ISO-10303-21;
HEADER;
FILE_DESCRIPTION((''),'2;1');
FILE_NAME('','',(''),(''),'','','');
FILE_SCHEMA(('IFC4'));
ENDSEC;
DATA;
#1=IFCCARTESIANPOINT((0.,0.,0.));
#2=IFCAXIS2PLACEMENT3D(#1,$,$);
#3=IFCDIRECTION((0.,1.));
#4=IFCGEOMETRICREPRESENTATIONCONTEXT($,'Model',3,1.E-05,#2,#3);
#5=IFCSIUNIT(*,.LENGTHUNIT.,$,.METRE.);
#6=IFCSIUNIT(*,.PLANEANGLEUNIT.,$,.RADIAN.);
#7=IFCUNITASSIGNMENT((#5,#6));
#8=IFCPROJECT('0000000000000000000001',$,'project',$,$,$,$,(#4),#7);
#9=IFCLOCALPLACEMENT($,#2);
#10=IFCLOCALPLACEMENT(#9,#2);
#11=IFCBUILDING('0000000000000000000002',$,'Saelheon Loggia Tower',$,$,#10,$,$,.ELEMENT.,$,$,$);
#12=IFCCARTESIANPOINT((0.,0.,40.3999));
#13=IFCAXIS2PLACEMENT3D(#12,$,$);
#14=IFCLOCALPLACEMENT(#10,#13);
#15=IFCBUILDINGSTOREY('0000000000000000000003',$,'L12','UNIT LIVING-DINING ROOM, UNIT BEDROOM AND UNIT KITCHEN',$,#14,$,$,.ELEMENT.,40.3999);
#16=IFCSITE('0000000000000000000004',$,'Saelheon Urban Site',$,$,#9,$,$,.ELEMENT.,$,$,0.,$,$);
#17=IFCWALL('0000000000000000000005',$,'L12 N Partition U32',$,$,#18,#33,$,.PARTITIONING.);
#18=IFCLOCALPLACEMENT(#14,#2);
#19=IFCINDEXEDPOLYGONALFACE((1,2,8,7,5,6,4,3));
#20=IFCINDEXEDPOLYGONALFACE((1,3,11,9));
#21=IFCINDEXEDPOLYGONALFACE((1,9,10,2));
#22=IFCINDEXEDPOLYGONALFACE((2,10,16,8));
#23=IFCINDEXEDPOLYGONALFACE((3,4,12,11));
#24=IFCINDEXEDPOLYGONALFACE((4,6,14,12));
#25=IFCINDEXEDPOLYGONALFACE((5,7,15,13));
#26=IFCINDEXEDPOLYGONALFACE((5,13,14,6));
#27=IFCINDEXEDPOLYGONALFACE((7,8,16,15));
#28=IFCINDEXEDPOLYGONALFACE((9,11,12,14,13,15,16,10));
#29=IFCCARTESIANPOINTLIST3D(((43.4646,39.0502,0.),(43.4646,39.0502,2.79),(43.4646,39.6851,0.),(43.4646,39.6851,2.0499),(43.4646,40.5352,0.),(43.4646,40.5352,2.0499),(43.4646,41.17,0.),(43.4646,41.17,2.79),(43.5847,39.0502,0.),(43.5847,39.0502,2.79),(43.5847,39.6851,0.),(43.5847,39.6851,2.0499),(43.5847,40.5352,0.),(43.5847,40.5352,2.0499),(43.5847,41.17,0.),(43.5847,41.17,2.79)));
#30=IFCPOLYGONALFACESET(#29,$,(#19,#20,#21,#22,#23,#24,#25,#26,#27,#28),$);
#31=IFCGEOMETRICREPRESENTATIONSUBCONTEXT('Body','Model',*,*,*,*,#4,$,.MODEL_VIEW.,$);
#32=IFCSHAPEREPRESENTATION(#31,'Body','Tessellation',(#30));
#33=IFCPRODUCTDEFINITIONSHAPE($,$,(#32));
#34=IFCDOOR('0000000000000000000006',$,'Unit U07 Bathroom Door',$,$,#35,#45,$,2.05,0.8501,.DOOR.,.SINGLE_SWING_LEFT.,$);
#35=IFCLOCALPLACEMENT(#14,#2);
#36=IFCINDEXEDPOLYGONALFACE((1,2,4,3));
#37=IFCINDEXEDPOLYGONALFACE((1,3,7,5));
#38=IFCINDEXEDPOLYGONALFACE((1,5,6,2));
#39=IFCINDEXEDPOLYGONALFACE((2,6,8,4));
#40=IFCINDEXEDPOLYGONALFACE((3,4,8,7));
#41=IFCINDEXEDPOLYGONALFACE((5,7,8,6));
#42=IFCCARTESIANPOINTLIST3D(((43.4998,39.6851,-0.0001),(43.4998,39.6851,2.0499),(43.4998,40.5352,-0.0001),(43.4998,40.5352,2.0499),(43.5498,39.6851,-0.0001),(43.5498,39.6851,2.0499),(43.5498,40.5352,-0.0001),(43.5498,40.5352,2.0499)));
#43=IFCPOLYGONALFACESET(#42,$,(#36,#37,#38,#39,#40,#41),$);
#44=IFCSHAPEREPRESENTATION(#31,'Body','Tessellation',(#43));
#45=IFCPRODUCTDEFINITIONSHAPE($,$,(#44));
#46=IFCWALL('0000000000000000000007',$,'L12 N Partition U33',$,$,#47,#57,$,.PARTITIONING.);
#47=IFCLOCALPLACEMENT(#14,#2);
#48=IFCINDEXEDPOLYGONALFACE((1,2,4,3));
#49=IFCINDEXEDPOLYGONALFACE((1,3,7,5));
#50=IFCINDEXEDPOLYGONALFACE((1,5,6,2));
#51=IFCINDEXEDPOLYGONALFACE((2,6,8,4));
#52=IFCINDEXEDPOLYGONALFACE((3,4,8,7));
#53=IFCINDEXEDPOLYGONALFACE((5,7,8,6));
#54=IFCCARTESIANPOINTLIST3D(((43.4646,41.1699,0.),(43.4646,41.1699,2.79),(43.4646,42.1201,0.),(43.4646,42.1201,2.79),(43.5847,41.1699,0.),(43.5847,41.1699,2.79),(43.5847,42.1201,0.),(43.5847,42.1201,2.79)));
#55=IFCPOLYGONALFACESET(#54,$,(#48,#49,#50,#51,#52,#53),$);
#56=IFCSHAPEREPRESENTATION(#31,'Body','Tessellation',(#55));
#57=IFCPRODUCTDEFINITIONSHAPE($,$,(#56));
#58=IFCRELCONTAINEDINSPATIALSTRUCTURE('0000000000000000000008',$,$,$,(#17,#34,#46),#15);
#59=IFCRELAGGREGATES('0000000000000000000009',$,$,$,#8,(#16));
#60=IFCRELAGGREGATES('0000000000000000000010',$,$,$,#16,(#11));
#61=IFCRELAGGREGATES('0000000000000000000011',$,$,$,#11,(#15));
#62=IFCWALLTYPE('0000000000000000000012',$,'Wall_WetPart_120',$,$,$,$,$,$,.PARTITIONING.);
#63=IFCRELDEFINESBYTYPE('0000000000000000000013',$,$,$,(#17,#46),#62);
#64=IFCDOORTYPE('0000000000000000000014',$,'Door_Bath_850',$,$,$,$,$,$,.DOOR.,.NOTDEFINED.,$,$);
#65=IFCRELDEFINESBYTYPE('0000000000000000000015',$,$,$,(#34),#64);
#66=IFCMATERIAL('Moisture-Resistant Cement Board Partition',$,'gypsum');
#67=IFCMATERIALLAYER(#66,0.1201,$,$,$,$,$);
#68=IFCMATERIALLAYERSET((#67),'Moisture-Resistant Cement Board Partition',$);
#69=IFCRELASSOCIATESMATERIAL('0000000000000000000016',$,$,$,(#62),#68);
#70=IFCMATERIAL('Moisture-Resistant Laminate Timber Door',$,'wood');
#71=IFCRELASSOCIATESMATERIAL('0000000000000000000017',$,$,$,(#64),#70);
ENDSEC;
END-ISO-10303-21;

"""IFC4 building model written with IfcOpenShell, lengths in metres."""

from ifc_helpers import new_model, si_unit, direction, frame, frame_2d, origin, place, context, subcontext, project, spatial, rectangle, extrude, source, transform, mapped, material, layer, layer_set, type_object, element, fill, save


model = new_model("IFC4")

# Units and contexts
model_context = context("Model", 3, precision=1e-05, world=origin(), true_north=direction((0.0, 1.0)))
body_context = subcontext(model_context, "Body", "Model", "MODEL_VIEW")
ifc_project = project(units=[si_unit("LENGTHUNIT", "METRE"), si_unit("PLANEANGLEUNIT", "RADIAN")], contexts=[model_context])

# Site, building, storey
site_placement = place(None, origin())
site = spatial("IfcSite", under=ifc_project, at=site_placement, Name="Saelheon Urban Site", CompositionType="ELEMENT", RefElevation=0.0)
building_placement = place(site_placement, origin())
building = spatial("IfcBuilding", under=site, at=building_placement, Name="Saelheon Loggia Tower", CompositionType="ELEMENT")
storey_placement = place(building_placement, frame((0.0, 0.0, 40.3999)))
storey = spatial("IfcBuildingStorey", under=building, at=storey_placement, Name="L12", Description="UNIT LIVING-DINING ROOM, UNIT BEDROOM AND UNIT KITCHEN", CompositionType="ELEMENT", Elevation=40.3999)

# Shared definitions
ifc_material_1 = material(Name="Moisture-Resistant Cement Board Partition", Category="gypsum")
ifc_layer_1 = layer(ifc_material_1, 0.1201)
ifc_layer_set_1 = layer_set([ifc_layer_1], Name="Moisture-Resistant Cement Board Partition")
wall_type_1 = type_object("IfcWallType", Name="Wall_WetPart_120", PredefinedType="PARTITIONING", material=ifc_layer_set_1)

# Wall, opening, door
wall_1_placement = place(storey_placement, frame((43.5247, 39.05, 0.0), z_axis=(0.0, 0.0, 1.0), x_axis=(0.0, 1.0, 0.0)))
wall_1 = element("IfcWall", 1, at=wall_1_placement, inside=storey, type_object=wall_type_1, Name="L12 N Partition U32", PredefinedType="PARTITIONING", context=body_context, shape_type="SweptSolid", body=[
    extrude(rectangle(XDim=2.1199, YDim=0.1201, at=frame_2d((1.0601, 0.0))), origin(), (0.0, 0.0, 1.0), 2.79),
])
opening_1_placement = place(wall_1_placement, frame((0.635, 0.0, 0.0)))
opening_1 = element("IfcOpeningElement", 2, at=opening_1_placement, cuts=wall_1, PredefinedType="OPENING", context=body_context, shape_type="SweptSolid", body=[
    extrude(rectangle(XDim=0.8501, YDim=2.05, at=frame_2d((0.425, 1.0249))), frame((0.0, 0.072, 0.0), z_axis=(0.0, -1.0, 0.0), x_axis=(1.0, 0.0, 0.0)), (0.0, 0.0, 1.0), 0.144),
])
ifc_material_2 = material(Name="Moisture-Resistant Laminate Timber Door", Category="wood")
door_type_1 = type_object("IfcDoorType", Name="Door_Bath_850", OperationType="NOTDEFINED", PredefinedType="DOOR", material=ifc_material_2)
shared_shape_1 = source(origin(), body_context, "Body", "SweptSolid", [
    extrude(rectangle(XDim=0.8501, YDim=2.05, at=frame_2d((0.425, 1.0249))), frame((0.0, 0.0249, 0.0), z_axis=(0.0, -1.0, 0.0), x_axis=(1.0, 0.0, 0.0)), (0.0, 0.0, 1.0), 0.05),
])
door_1_placement = place(opening_1_placement, origin())
door_1 = element("IfcDoor", 3, at=door_1_placement, inside=storey, type_object=door_type_1, Name="Unit U07 Bathroom Door", OperationType="SINGLE_SWING_LEFT", OverallHeight=2.05, OverallWidth=0.8501, PredefinedType="DOOR", context=body_context, shape_type="MappedRepresentation", body=[
    mapped(shared_shape_1, transform((0.0, 0.0, 0.0), scale=1.0)),
])
fill(opening_1, door_1)

# Wall
wall_2_placement = place(storey_placement, frame((43.5247, 41.1699, 0.0), z_axis=(0.0, 0.0, 1.0), x_axis=(0.0, 1.0, 0.0)))
element("IfcWall", 4, at=wall_2_placement, inside=storey, type_object=wall_type_1, Name="L12 N Partition U33", PredefinedType="PARTITIONING", context=body_context, shape_type="SweptSolid", body=[
    extrude(rectangle(XDim=0.9502, YDim=0.1201, at=frame_2d((0.4751, 0.0))), origin(), (0.0, 0.0, 1.0), 2.79),
])

save(model, "model.ifc")
